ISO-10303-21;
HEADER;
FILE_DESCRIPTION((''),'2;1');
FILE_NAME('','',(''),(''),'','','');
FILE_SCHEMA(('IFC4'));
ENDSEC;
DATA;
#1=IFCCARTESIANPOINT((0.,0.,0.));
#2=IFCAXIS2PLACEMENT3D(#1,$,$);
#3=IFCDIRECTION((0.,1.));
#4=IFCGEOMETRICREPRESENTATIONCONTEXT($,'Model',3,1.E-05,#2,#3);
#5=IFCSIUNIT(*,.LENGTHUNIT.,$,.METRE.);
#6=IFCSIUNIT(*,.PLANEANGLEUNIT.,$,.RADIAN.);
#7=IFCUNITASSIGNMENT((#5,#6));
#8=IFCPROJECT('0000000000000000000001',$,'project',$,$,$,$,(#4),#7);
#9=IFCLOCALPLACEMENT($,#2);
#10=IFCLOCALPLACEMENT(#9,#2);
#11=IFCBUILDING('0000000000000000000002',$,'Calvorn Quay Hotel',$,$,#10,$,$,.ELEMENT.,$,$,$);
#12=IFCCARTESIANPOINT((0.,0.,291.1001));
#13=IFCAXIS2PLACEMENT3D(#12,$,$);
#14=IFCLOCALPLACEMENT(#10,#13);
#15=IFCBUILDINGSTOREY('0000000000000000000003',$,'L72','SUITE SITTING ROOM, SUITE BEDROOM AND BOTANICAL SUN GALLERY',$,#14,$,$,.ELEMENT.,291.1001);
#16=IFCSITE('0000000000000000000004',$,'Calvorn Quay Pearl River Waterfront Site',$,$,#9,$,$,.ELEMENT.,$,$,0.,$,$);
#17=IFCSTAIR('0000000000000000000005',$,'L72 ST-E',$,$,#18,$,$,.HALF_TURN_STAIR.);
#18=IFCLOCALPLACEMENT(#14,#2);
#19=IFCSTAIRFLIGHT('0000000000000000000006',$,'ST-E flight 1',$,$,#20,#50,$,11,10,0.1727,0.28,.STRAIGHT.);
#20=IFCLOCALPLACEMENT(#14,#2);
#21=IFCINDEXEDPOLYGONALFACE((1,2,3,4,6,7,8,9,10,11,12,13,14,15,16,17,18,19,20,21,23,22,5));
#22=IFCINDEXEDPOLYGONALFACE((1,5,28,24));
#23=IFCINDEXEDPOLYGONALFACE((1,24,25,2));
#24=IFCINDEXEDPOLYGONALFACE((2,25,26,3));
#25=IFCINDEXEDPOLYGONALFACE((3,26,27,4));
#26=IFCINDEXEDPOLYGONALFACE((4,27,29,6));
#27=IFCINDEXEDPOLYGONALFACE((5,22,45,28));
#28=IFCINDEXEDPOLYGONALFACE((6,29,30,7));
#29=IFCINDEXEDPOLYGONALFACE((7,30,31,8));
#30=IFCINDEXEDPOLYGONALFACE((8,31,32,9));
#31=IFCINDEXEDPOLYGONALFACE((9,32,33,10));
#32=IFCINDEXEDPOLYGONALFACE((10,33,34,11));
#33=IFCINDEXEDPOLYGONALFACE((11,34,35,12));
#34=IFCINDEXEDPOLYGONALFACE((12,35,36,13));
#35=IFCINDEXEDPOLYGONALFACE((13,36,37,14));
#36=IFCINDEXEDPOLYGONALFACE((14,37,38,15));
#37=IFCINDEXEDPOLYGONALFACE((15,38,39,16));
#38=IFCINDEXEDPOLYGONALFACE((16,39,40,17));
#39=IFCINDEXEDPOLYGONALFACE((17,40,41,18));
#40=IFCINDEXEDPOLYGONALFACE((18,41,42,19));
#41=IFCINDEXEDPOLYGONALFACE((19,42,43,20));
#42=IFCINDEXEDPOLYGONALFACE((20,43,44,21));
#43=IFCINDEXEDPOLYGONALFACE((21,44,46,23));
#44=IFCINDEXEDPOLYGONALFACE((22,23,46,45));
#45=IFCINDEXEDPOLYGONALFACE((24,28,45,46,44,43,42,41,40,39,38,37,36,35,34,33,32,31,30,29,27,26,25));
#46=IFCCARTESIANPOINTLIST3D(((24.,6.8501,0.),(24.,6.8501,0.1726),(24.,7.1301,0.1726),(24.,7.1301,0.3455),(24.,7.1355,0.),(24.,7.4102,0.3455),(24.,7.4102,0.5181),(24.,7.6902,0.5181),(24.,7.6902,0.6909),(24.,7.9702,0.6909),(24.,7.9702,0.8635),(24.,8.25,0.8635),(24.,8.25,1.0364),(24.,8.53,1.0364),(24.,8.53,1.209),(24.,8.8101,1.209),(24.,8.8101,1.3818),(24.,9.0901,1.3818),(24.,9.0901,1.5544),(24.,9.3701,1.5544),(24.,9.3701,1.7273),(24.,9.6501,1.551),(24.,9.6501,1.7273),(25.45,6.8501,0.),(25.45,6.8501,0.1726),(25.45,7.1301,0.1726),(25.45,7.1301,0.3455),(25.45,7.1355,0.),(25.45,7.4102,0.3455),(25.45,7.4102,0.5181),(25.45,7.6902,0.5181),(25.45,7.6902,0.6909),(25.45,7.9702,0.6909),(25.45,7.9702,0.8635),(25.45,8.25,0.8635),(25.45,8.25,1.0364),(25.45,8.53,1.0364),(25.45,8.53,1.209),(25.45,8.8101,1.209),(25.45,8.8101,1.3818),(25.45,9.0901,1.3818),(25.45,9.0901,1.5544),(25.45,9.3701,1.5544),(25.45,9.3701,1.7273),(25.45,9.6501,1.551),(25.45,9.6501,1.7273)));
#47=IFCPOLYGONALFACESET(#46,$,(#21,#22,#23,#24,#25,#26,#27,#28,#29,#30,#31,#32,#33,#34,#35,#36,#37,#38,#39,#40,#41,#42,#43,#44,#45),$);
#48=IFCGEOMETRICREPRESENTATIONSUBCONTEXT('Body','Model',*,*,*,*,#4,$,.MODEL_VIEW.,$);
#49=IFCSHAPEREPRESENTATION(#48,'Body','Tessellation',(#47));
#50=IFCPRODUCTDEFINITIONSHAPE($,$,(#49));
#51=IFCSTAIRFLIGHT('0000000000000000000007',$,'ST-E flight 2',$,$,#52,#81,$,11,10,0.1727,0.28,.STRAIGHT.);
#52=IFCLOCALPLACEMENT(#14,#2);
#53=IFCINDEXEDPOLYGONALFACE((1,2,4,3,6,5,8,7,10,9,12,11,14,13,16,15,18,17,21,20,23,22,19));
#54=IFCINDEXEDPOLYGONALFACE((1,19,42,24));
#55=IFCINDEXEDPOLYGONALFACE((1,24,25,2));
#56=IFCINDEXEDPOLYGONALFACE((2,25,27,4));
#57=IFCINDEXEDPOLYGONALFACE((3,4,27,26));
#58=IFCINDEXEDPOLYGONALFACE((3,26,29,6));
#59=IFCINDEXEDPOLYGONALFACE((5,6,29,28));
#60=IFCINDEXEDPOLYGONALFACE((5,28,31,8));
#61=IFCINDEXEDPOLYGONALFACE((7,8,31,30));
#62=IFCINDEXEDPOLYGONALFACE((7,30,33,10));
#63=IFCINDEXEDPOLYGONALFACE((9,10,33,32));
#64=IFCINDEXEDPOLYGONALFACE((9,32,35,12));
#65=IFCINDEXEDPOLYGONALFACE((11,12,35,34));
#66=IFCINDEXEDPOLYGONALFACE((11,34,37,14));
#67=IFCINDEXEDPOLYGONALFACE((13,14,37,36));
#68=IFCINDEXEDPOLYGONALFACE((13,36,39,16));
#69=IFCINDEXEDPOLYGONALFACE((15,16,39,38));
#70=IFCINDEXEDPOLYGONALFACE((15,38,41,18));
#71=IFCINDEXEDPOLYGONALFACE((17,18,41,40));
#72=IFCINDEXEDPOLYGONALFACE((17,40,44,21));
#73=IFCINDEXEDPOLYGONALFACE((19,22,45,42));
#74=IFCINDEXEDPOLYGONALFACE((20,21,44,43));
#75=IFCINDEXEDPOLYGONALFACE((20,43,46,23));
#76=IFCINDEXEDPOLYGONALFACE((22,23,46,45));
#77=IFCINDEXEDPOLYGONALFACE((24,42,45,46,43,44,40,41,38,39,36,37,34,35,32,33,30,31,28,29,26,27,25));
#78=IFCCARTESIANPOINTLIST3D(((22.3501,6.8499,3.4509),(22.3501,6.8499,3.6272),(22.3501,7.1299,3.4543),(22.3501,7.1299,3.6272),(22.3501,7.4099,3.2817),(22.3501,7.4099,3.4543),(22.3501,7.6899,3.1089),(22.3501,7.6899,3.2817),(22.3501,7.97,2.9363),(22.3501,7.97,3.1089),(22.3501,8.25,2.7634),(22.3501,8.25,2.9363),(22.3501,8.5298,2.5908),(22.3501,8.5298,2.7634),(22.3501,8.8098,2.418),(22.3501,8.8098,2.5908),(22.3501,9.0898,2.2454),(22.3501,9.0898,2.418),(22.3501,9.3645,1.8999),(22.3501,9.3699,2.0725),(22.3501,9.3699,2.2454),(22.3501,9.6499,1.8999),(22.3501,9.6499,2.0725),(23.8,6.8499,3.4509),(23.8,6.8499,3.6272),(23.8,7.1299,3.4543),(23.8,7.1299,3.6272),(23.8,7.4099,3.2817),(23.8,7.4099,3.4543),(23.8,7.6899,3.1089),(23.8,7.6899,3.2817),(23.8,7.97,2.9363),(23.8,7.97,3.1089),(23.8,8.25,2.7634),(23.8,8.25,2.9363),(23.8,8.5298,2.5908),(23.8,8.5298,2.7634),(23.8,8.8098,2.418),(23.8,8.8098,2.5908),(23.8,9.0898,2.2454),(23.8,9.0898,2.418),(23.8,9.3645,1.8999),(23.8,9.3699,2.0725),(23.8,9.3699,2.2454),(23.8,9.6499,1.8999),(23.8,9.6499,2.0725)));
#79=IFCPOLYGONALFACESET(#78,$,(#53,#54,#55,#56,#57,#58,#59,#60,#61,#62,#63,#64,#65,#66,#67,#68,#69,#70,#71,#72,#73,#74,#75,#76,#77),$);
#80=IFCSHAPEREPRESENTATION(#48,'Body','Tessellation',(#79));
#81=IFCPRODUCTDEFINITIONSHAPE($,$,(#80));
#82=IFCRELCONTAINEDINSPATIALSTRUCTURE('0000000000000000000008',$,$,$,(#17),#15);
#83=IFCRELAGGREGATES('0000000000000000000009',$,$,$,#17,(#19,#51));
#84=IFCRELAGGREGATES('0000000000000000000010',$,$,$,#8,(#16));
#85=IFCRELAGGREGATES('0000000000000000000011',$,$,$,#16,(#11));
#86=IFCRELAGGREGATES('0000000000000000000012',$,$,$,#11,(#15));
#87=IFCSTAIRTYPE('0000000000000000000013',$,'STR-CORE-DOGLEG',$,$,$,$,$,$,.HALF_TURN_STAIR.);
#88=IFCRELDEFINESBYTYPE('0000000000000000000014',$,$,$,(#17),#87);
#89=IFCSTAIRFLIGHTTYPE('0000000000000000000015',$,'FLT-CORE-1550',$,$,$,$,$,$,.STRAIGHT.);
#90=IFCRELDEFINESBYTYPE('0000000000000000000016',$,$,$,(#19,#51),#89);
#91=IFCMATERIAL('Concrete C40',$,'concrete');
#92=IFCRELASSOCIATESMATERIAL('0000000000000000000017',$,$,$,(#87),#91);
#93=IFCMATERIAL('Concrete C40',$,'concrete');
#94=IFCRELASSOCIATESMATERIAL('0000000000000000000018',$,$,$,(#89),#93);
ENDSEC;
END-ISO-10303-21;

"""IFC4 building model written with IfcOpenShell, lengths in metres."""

from ifc_helpers import new_model, si_unit, direction, frame, origin, place, context, subcontext, project, spatial, polyline, outline, extrude, material, type_object, element, aggregate, save


model = new_model("IFC4")

# Units and contexts
model_context = context("Model", 3, precision=1e-05, world=origin(), true_north=direction((0.0, 1.0)))
body_context = subcontext(model_context, "Body", "Model", "MODEL_VIEW")
ifc_project = project(units=[si_unit("LENGTHUNIT", "METRE"), si_unit("PLANEANGLEUNIT", "RADIAN")], contexts=[model_context])

# Site, building, storey
site_placement = place(None, origin())
site = spatial("IfcSite", under=ifc_project, at=site_placement, Name="Calvorn Quay Pearl River Waterfront Site", CompositionType="ELEMENT", RefElevation=0.0)
building_placement = place(site_placement, origin())
building = spatial("IfcBuilding", under=site, at=building_placement, Name="Calvorn Quay Hotel", CompositionType="ELEMENT")
storey_placement = place(building_placement, frame((0.0, 0.0, 291.1001)))
storey = spatial("IfcBuildingStorey", under=building, at=storey_placement, Name="L72", Description="SUITE SITTING ROOM, SUITE BEDROOM AND BOTANICAL SUN GALLERY", CompositionType="ELEMENT", Elevation=291.1001)

# Stair, stair flights
ifc_material_1 = material(Name="Concrete C40", Category="concrete")
stair_type = type_object("IfcStairType", Name="STR-CORE-DOGLEG", PredefinedType="HALF_TURN_STAIR", material=ifc_material_1)
stair_placement = place(storey_placement, origin())
stair = element("IfcStair", 1, at=stair_placement, inside=storey, type_object=stair_type, Name="L72 ST-E", PredefinedType="HALF_TURN_STAIR")
ifc_material_2 = material(Name="Concrete C40", Category="concrete")
stair_flight_type = type_object("IfcStairFlightType", Name="FLT-CORE-1550", PredefinedType="STRAIGHT", material=ifc_material_2)
stair_flight_1_placement = place(storey_placement, frame((24.7251, 6.8501, 0.0), z_axis=(0.0, 0.0, 1.0), x_axis=(0.0, 1.0, 0.0)))
stair_flight_1 = element("IfcStairFlight", 2, at=stair_flight_1_placement, type_object=stair_flight_type, Name="ST-E flight 1", NumberOfRisers=11, NumberOfTreads=10, PredefinedType="STRAIGHT", RiserHeight=0.1727, TreadLength=0.28, context=body_context, shape_type="SweptSolid", body=[
    extrude(outline(polyline([(0.0, 0.0), (0.0, 0.1726), (0.28, 0.1726), (0.28, 0.3455), (0.5601, 0.3455), (0.5601, 0.5181), (0.8401, 0.5181), (0.8401, 0.6909), (1.1201, 0.6909), (1.1201, 0.8635), (1.3999, 0.8635), (1.3999, 1.0364), (1.6799, 1.0364), (1.6799, 1.209), (1.96, 1.209), (1.96, 1.3818), (2.24, 1.3818), (2.24, 1.5544), (2.52, 1.5544), (2.52, 1.7273), (2.8, 1.7273), (2.8, 1.8999), (2.8, 1.551), (0.2854, 0.0), (0.0, 0.0)])), frame((0.0, 0.7251, 0.0), z_axis=(0.0, -1.0, 0.0), x_axis=(1.0, 0.0, 0.0)), (0.0, 0.0, 1.0), 1.45),
])
stair_flight_2_placement = place(storey_placement, frame((23.075, 9.6499, 1.8999), z_axis=(0.0, 0.0, 1.0), x_axis=(0.0, -1.0, 0.0)))
stair_flight_2 = element("IfcStairFlight", 3, at=stair_flight_2_placement, type_object=stair_flight_type, Name="ST-E flight 2", NumberOfRisers=11, NumberOfTreads=10, PredefinedType="STRAIGHT", RiserHeight=0.1727, TreadLength=0.28, context=body_context, shape_type="SweptSolid", body=[
    extrude(outline(polyline([(0.0, 0.0), (0.0, 0.1726), (0.28, 0.1726), (0.28, 0.3455), (0.5601, 0.3455), (0.5601, 0.5181), (0.8401, 0.5181), (0.8401, 0.6909), (1.1201, 0.6909), (1.1201, 0.8635), (1.3999, 0.8635), (1.3999, 1.0364), (1.6799, 1.0364), (1.6799, 1.209), (1.96, 1.209), (1.96, 1.3818), (2.24, 1.3818), (2.24, 1.5544), (2.52, 1.5544), (2.52, 1.7273), (2.8, 1.7273), (2.8, 1.8999), (2.8, 1.551), (0.2854, 0.0), (0.0, 0.0)])), frame((0.0, 0.7251, 0.0), z_axis=(0.0, -1.0, 0.0), x_axis=(1.0, 0.0, 0.0)), (0.0, 0.0, 1.0), 1.45),
])
aggregate(stair, [stair_flight_1, stair_flight_2])

save(model, "model.ifc")
